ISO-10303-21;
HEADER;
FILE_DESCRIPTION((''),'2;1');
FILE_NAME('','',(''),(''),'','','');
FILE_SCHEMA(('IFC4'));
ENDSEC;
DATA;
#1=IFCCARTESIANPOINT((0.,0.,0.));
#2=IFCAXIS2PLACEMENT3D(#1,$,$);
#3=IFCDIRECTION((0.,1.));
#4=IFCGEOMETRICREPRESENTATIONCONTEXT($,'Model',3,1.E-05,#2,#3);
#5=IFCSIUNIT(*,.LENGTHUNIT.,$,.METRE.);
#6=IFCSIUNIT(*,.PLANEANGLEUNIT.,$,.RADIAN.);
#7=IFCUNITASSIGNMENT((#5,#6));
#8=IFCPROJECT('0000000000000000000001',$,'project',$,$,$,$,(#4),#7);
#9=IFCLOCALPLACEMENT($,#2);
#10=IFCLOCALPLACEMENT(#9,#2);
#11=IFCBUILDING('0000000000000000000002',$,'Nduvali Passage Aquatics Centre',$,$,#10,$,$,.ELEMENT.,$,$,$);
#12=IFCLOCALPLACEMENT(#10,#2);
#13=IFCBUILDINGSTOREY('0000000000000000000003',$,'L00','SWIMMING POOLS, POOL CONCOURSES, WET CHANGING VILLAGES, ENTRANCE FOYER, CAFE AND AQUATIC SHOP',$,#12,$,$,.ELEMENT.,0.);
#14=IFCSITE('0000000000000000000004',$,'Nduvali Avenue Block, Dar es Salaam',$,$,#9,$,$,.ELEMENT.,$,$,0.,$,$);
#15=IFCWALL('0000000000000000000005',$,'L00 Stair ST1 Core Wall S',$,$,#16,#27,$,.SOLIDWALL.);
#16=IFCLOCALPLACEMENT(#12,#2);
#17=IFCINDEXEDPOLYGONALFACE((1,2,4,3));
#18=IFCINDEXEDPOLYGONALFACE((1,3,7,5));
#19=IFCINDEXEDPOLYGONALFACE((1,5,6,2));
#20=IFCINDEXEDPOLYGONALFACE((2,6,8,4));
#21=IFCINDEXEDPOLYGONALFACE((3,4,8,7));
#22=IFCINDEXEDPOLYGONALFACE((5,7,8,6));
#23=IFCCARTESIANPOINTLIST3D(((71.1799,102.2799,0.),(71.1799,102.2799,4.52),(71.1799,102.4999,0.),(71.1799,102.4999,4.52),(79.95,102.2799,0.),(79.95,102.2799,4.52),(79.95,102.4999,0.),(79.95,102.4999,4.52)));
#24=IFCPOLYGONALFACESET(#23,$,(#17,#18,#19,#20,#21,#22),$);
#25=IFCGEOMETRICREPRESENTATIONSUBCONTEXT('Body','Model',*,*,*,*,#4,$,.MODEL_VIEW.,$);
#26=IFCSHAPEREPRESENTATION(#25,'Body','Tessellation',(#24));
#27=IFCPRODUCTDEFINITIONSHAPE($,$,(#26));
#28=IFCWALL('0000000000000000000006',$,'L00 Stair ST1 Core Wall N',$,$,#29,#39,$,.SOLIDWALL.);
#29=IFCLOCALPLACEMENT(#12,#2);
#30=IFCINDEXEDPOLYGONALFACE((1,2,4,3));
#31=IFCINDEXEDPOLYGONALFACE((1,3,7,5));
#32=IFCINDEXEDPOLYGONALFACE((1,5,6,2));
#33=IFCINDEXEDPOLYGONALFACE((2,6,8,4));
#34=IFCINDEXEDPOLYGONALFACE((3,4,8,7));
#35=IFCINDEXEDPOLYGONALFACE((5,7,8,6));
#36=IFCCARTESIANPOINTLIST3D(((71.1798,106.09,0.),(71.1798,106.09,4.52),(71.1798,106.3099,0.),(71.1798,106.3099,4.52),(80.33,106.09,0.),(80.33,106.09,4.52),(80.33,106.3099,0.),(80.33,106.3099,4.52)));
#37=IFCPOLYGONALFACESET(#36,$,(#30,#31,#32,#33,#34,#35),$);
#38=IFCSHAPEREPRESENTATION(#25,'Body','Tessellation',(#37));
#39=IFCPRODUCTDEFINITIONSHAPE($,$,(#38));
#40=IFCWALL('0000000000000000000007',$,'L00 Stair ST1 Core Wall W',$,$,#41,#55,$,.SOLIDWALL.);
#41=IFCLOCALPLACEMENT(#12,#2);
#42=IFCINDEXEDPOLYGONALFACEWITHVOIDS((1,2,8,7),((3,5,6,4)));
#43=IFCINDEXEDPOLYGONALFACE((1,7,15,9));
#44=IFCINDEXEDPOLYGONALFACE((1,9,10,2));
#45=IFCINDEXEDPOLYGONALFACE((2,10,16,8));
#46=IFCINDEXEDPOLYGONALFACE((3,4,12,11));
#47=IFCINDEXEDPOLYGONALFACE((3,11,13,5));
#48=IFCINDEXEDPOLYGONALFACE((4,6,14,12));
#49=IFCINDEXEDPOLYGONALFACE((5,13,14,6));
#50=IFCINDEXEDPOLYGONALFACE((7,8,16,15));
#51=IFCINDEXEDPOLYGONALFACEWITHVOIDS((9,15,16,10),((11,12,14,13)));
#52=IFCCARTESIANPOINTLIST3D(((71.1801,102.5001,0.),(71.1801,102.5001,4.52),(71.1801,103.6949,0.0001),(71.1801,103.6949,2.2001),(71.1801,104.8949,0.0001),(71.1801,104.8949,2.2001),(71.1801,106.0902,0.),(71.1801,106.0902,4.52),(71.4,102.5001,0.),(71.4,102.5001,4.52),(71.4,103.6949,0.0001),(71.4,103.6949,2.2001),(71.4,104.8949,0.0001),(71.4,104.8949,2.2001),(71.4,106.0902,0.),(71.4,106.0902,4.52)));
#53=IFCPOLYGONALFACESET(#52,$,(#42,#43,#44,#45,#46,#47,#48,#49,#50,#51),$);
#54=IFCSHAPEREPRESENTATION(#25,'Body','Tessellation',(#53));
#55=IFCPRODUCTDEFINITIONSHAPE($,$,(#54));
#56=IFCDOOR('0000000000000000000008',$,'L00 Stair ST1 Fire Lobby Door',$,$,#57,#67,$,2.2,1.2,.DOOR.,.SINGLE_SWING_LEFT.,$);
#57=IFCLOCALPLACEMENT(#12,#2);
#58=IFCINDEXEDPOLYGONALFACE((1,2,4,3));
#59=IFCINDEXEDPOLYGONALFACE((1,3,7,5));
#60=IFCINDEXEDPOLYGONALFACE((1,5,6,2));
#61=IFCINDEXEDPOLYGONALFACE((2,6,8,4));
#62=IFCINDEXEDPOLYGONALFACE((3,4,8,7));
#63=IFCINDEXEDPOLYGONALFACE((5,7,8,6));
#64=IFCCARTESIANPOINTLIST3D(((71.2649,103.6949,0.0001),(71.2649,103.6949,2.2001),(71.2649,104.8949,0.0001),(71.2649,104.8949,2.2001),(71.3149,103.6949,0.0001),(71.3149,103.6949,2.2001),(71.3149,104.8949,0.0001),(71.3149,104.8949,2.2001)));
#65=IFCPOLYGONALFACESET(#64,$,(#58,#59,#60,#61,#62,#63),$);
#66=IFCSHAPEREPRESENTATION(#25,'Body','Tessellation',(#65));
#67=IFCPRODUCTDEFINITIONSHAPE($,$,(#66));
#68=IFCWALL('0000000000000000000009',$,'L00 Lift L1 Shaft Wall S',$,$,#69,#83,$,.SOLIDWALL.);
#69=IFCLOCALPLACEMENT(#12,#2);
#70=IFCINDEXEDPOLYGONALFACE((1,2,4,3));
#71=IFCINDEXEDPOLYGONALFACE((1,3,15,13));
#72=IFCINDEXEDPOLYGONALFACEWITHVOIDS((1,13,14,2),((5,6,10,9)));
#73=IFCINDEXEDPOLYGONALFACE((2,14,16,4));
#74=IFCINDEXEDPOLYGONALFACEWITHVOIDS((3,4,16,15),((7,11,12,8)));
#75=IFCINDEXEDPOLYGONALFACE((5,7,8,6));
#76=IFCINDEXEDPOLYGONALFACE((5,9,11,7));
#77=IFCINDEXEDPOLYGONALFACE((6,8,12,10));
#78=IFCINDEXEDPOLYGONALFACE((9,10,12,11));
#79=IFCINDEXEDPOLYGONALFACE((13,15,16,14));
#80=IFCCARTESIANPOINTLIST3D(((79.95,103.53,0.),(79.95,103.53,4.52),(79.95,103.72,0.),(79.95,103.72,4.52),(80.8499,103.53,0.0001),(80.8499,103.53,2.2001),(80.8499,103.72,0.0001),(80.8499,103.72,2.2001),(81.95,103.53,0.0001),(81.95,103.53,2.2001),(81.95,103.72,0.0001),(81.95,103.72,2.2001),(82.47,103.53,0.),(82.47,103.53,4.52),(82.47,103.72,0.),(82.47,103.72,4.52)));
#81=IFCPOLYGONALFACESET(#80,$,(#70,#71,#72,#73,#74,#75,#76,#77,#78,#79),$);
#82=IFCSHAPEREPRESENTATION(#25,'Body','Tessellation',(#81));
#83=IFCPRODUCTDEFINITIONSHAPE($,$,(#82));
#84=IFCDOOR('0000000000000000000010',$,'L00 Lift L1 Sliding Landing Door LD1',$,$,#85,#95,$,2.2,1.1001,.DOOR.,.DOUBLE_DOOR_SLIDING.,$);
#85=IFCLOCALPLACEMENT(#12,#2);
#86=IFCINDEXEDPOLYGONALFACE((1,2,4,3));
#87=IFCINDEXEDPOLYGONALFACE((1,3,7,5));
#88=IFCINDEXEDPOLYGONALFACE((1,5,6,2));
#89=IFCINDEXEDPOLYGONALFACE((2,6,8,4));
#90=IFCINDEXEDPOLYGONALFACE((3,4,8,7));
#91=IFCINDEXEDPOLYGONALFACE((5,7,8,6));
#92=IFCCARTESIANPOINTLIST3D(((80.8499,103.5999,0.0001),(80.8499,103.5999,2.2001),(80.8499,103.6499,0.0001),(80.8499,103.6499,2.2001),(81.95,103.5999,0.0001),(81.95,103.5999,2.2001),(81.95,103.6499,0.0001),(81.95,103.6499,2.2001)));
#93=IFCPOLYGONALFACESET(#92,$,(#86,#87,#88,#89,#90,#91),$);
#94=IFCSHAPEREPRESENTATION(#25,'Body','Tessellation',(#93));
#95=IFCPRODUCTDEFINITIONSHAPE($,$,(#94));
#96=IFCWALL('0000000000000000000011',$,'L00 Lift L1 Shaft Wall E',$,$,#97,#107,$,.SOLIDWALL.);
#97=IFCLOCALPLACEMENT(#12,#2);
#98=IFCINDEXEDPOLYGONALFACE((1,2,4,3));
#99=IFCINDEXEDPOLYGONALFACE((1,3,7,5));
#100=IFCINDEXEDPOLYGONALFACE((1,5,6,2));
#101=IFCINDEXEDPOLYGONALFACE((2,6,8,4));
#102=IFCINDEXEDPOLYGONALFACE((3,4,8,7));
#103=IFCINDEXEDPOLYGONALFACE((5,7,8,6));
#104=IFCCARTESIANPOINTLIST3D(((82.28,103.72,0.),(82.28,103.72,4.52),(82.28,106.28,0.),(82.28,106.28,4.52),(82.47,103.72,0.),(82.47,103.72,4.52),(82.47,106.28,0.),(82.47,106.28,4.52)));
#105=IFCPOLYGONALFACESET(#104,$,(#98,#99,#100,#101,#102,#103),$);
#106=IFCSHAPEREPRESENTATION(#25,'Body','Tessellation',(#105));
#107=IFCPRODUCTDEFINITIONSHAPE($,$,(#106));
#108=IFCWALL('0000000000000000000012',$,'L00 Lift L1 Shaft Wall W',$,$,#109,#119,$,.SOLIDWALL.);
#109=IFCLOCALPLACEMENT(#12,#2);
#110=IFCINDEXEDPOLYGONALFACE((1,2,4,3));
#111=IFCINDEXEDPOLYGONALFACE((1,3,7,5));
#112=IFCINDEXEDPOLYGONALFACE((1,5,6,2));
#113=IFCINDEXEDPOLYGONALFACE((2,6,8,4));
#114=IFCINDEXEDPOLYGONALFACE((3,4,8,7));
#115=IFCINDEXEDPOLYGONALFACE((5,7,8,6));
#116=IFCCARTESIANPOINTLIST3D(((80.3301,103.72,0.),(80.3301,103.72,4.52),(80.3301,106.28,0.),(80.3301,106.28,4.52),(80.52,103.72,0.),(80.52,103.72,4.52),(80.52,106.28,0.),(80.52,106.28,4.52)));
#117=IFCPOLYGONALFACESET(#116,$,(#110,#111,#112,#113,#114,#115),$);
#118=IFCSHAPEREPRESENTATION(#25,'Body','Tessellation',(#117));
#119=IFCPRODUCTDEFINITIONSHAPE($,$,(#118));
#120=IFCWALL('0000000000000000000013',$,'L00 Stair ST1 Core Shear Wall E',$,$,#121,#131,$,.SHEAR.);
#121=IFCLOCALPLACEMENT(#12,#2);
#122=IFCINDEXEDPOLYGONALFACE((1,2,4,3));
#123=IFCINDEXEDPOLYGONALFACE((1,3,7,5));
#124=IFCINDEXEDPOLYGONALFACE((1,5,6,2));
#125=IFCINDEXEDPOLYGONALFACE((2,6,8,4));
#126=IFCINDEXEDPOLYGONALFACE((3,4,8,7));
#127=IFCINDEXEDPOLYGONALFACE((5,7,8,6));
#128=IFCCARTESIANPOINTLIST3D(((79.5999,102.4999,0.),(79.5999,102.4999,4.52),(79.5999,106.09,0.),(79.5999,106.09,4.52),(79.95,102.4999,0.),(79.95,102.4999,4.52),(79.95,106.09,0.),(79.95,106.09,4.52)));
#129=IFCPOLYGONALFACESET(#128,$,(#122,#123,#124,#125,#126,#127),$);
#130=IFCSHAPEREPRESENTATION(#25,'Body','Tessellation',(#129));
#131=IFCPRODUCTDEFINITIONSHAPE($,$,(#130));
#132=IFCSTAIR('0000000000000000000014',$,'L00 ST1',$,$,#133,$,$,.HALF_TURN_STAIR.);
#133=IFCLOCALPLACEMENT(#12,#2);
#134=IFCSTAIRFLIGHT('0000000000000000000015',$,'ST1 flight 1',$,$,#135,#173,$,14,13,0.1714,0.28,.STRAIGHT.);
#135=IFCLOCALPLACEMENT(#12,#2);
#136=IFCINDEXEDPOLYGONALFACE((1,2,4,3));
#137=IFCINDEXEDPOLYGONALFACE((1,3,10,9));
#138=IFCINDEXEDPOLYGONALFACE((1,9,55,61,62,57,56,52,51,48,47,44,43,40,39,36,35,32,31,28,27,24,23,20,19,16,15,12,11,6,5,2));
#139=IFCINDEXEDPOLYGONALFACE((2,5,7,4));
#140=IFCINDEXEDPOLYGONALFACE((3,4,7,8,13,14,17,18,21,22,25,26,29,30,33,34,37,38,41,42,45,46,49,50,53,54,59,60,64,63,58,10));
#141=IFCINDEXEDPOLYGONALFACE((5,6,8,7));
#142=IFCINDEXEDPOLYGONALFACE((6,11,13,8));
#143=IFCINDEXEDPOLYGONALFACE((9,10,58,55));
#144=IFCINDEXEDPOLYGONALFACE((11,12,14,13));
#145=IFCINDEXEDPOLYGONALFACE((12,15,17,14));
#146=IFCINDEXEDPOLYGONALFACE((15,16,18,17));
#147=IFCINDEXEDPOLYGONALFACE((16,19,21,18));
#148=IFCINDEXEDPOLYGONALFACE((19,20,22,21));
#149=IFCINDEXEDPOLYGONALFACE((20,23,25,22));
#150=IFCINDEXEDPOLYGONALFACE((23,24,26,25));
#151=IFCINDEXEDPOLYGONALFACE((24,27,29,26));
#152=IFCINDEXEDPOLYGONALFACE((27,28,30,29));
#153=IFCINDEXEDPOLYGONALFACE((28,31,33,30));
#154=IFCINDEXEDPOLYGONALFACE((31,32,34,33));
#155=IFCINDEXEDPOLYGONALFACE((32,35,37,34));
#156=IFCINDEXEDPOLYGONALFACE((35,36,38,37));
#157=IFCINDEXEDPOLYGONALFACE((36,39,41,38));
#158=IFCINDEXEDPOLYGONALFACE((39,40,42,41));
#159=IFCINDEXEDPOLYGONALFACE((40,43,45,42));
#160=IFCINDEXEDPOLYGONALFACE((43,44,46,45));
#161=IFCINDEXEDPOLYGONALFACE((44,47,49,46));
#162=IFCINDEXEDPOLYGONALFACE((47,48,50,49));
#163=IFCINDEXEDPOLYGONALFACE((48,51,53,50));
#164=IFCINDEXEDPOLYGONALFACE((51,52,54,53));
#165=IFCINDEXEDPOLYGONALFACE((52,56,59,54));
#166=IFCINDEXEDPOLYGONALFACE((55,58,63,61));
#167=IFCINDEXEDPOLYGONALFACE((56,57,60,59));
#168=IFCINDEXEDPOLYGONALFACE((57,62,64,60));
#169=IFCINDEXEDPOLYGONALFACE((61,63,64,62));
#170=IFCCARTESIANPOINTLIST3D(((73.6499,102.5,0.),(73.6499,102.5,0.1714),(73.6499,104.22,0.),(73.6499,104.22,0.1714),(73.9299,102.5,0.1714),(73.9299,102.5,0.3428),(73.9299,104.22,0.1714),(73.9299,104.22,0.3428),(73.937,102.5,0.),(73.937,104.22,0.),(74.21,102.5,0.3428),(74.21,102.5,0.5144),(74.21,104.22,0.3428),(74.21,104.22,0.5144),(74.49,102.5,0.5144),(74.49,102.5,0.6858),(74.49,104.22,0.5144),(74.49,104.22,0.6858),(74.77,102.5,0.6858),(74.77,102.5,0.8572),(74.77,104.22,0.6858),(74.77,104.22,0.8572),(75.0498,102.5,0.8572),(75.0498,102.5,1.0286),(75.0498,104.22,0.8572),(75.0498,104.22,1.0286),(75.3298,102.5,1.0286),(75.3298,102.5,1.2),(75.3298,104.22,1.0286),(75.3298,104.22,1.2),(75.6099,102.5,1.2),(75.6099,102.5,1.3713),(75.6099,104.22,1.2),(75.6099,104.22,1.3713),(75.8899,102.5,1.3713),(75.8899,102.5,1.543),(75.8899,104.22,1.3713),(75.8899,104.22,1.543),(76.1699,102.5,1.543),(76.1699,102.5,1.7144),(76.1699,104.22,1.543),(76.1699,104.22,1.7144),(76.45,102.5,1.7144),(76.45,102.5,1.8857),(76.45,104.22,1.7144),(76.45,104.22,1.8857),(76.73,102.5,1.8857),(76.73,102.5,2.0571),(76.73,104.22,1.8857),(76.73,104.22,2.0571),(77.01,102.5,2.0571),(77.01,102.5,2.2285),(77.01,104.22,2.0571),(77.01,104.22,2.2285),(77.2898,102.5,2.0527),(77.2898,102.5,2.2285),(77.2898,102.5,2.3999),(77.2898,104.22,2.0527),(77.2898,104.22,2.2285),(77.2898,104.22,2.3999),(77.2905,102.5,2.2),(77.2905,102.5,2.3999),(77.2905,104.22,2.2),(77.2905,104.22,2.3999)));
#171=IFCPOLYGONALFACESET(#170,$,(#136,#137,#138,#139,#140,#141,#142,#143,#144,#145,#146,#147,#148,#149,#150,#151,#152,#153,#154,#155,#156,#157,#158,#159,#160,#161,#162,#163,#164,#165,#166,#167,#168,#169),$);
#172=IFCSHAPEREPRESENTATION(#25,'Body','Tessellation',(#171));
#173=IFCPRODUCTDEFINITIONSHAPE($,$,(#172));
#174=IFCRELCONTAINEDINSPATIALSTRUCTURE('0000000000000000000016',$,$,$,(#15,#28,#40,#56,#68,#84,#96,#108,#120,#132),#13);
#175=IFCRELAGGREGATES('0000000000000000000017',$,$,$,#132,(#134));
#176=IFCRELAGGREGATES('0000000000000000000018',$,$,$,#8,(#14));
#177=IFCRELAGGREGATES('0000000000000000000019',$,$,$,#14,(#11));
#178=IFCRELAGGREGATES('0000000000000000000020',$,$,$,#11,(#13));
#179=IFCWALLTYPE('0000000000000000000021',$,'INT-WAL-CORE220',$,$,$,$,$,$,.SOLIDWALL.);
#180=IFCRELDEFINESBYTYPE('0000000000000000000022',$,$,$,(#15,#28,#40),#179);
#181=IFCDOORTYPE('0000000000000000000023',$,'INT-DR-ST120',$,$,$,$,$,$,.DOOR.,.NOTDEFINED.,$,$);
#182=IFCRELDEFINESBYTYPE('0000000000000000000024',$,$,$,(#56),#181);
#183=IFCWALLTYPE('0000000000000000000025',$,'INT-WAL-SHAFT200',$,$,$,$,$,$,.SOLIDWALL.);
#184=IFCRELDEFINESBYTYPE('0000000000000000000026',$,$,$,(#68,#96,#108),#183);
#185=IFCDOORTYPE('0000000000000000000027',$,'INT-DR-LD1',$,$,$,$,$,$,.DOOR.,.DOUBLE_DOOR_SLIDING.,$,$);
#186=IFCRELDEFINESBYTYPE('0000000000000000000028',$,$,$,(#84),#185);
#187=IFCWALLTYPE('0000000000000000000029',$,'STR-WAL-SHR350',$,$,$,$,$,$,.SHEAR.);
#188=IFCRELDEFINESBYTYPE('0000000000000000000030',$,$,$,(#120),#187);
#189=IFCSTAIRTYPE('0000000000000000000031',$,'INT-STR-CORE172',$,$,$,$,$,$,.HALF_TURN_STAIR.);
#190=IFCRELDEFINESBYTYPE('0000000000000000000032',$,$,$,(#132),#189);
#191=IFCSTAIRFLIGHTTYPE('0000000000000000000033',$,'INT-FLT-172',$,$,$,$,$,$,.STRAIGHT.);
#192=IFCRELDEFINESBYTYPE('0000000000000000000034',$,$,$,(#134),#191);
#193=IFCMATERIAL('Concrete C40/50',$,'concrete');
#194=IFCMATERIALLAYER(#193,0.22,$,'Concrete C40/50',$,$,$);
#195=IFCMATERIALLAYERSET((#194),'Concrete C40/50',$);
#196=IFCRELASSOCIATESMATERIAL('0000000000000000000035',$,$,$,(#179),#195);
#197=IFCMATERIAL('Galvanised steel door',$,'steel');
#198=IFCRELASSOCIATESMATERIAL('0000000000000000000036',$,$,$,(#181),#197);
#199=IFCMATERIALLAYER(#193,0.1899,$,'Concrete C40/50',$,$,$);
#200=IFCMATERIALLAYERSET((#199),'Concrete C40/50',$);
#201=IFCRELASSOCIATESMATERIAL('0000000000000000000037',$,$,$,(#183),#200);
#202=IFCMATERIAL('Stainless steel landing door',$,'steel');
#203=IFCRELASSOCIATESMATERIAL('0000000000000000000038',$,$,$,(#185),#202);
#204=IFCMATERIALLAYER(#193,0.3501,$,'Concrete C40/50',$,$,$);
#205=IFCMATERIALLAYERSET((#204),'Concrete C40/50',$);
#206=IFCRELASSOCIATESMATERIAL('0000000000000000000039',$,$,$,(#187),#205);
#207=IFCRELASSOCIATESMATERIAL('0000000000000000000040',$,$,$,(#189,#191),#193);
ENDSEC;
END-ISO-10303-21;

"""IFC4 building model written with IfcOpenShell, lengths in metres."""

from ifc_helpers import new_model, si_unit, direction, frame, frame_2d, origin, place, context, subcontext, project, spatial, polyline, rectangle, outline, extrude, material, layer, layer_set, type_object, element, fill, aggregate, save


model = new_model("IFC4")

# Units and contexts
model_context = context("Model", 3, precision=1e-05, world=origin(), true_north=direction((0.0, 1.0)))
body_context = subcontext(model_context, "Body", "Model", "MODEL_VIEW")
ifc_project = project(units=[si_unit("LENGTHUNIT", "METRE"), si_unit("PLANEANGLEUNIT", "RADIAN")], contexts=[model_context])

# Site, building, storey
site_placement = place(None, origin())
site = spatial("IfcSite", under=ifc_project, at=site_placement, Name="Nduvali Avenue Block, Dar es Salaam", CompositionType="ELEMENT", RefElevation=0.0)
building_placement = place(site_placement, origin())
building = spatial("IfcBuilding", under=site, at=building_placement, Name="Nduvali Passage Aquatics Centre", CompositionType="ELEMENT")
storey_placement = place(building_placement, origin())
storey = spatial("IfcBuildingStorey", under=building, at=storey_placement, Name="L00", Description="SWIMMING POOLS, POOL CONCOURSES, WET CHANGING VILLAGES, ENTRANCE FOYER, CAFE AND AQUATIC SHOP", CompositionType="ELEMENT", Elevation=0.0)

# Shared definitions
ifc_material_1 = material(Name="Concrete C40/50", Category="concrete")

# Walls
ifc_layer_1 = layer(ifc_material_1, 0.22, Name="Concrete C40/50")
ifc_layer_set_1 = layer_set([ifc_layer_1], Name="Concrete C40/50")
wall_type_1 = type_object("IfcWallType", Name="INT-WAL-CORE220", PredefinedType="SOLIDWALL", material=ifc_layer_set_1)
wall_1_placement = place(storey_placement, frame((71.1799, 102.3899, 0.0), z_axis=(0.0, 0.0, 1.0), x_axis=(1.0, 0.0, 0.0)))
element("IfcWall", 1, at=wall_1_placement, inside=storey, type_object=wall_type_1, Name="L00 Stair ST1 Core Wall S", PredefinedType="SOLIDWALL", context=body_context, shape_type="SweptSolid", body=[
    extrude(rectangle(XDim=8.77, YDim=0.22, at=frame_2d((4.385, 0.0))), origin(), (0.0, 0.0, 1.0), 4.52),
])
wall_2_placement = place(storey_placement, frame((80.3301, 106.2, 0.0), z_axis=(0.0, 0.0, 1.0), x_axis=(-1.0, 0.0, 0.0)))
element("IfcWall", 2, at=wall_2_placement, inside=storey, type_object=wall_type_1, Name="L00 Stair ST1 Core Wall N", PredefinedType="SOLIDWALL", context=body_context, shape_type="SweptSolid", body=[
    extrude(rectangle(XDim=9.1501, YDim=0.22, at=frame_2d((4.5752, 0.0))), origin(), (0.0, 0.0, 1.0), 4.52),
])

# Walls, openings, doors
wall_3_placement = place(storey_placement, frame((71.29, 106.0901, 0.0), z_axis=(0.0, 0.0, 1.0), x_axis=(0.0, -1.0, 0.0)))
wall_3 = element("IfcWall", 3, at=wall_3_placement, inside=storey, type_object=wall_type_1, Name="L00 Stair ST1 Core Wall W", PredefinedType="SOLIDWALL", context=body_context, shape_type="SweptSolid", body=[
    extrude(rectangle(XDim=3.5901, YDim=0.22, at=frame_2d((1.7949, 0.0))), origin(), (0.0, 0.0, 1.0), 4.52),
])
opening_1_placement = place(wall_3_placement, frame((1.1951, 0.0, 0.0)))
opening_1 = element("IfcOpeningElement", 4, at=opening_1_placement, cuts=wall_3, PredefinedType="OPENING", context=body_context, shape_type="SweptSolid", body=[
    extrude(rectangle(XDim=1.2, YDim=2.2, at=frame_2d((0.6001, 1.1001))), frame((0.0, 0.125, 0.0), z_axis=(0.0, -1.0, 0.0), x_axis=(1.0, 0.0, 0.0)), (0.0, 0.0, 1.0), 0.2498),
])
ifc_material_2 = material(Name="Galvanised steel door", Category="steel")
door_type_1 = type_object("IfcDoorType", Name="INT-DR-ST120", OperationType="NOTDEFINED", PredefinedType="DOOR", material=ifc_material_2)
door_1_placement = place(opening_1_placement, origin())
door_1 = element("IfcDoor", 5, at=door_1_placement, inside=storey, type_object=door_type_1, Name="L00 Stair ST1 Fire Lobby Door", OperationType="SINGLE_SWING_LEFT", OverallHeight=2.2, OverallWidth=1.2, PredefinedType="DOOR", context=body_context, shape_type="SweptSolid", body=[
    extrude(rectangle(XDim=1.2, YDim=2.2, at=frame_2d((0.6001, 1.1001))), frame((0.0, 0.0249, 0.0), z_axis=(0.0, -1.0, 0.0), x_axis=(1.0, 0.0, 0.0)), (0.0, 0.0, 1.0), 0.05),
])
fill(opening_1, door_1)
ifc_layer_2 = layer(ifc_material_1, 0.1899, Name="Concrete C40/50")
ifc_layer_set_2 = layer_set([ifc_layer_2], Name="Concrete C40/50")
wall_type_2 = type_object("IfcWallType", Name="INT-WAL-SHAFT200", PredefinedType="SOLIDWALL", material=ifc_layer_set_2)
wall_4_placement = place(storey_placement, frame((79.95, 103.625, 0.0), z_axis=(0.0, 0.0, 1.0), x_axis=(1.0, 0.0, 0.0)))
wall_4 = element("IfcWall", 6, at=wall_4_placement, inside=storey, type_object=wall_type_2, Name="L00 Lift L1 Shaft Wall S", PredefinedType="SOLIDWALL", context=body_context, shape_type="SweptSolid", body=[
    extrude(rectangle(XDim=2.52, YDim=0.1899, at=frame_2d((1.26, 0.0))), origin(), (0.0, 0.0, 1.0), 4.52),
])
opening_2_placement = place(wall_4_placement, frame((0.8999, 0.0, 0.0)))
opening_2 = element("IfcOpeningElement", 7, at=opening_2_placement, cuts=wall_4, PredefinedType="OPENING", context=body_context, shape_type="SweptSolid", body=[
    extrude(rectangle(XDim=1.1001, YDim=2.2, at=frame_2d((0.55, 1.1001))), frame((0.0, 0.1099, 0.0), z_axis=(0.0, -1.0, 0.0), x_axis=(1.0, 0.0, 0.0)), (0.0, 0.0, 1.0), 0.2197),
])
ifc_material_3 = material(Name="Stainless steel landing door", Category="steel")
door_type_2 = type_object("IfcDoorType", Name="INT-DR-LD1", OperationType="DOUBLE_DOOR_SLIDING", PredefinedType="DOOR", material=ifc_material_3)
door_2_placement = place(opening_2_placement, origin())
door_2 = element("IfcDoor", 8, at=door_2_placement, inside=storey, type_object=door_type_2, Name="L00 Lift L1 Sliding Landing Door LD1", OperationType="DOUBLE_DOOR_SLIDING", OverallHeight=2.2, OverallWidth=1.1001, PredefinedType="DOOR", context=body_context, shape_type="SweptSolid", body=[
    extrude(rectangle(XDim=1.1001, YDim=2.2, at=frame_2d((0.55, 1.1001))), frame((0.0, 0.0249, 0.0), z_axis=(0.0, -1.0, 0.0), x_axis=(1.0, 0.0, 0.0)), (0.0, 0.0, 1.0), 0.05),
])
fill(opening_2, door_2)

# Walls
for number, where, z_axis, x_axis, name in (
    (9, (82.375, 103.72, 0.0), (0.0, 0.0, 1.0), (0.0, 1.0, 0.0), "L00 Lift L1 Shaft Wall E"),
    (10, (80.425, 106.28, 0.0), (0.0, 0.0, 1.0), (0.0, -1.0, 0.0), "L00 Lift L1 Shaft Wall W"),
):
    element("IfcWall", number, at=place(storey_placement, frame(where, z_axis=z_axis, x_axis=x_axis)), inside=storey, type_object=wall_type_2, Name=name, PredefinedType="SOLIDWALL", context=body_context, shape_type="SweptSolid", body=[
        extrude(rectangle(XDim=2.5601, YDim=0.1899, at=frame_2d((1.28, 0.0))), origin(), (0.0, 0.0, 1.0), 4.52),
    ])
ifc_layer_3 = layer(ifc_material_1, 0.3501, Name="Concrete C40/50")
ifc_layer_set_3 = layer_set([ifc_layer_3], Name="Concrete C40/50")
wall_type_3 = type_object("IfcWallType", Name="STR-WAL-SHR350", PredefinedType="SHEAR", material=ifc_layer_set_3)
wall_5_placement = place(storey_placement, frame((79.7749, 102.5, 0.0), z_axis=(0.0, 0.0, 1.0), x_axis=(0.0, 1.0, 0.0)))
element("IfcWall", 11, at=wall_5_placement, inside=storey, type_object=wall_type_3, Name="L00 Stair ST1 Core Shear Wall E", PredefinedType="SHEAR", context=body_context, shape_type="SweptSolid", body=[
    extrude(rectangle(XDim=3.5901, YDim=0.3501, at=frame_2d((1.7949, 0.0))), origin(), (0.0, 0.0, 1.0), 4.52),
])

# Stair, stair flight
stair_type = type_object("IfcStairType", Name="INT-STR-CORE172", PredefinedType="HALF_TURN_STAIR", material=ifc_material_1)
stair_placement = place(storey_placement, origin())
stair = element("IfcStair", 12, at=stair_placement, inside=storey, type_object=stair_type, Name="L00 ST1", PredefinedType="HALF_TURN_STAIR")
stair_flight_type = type_object("IfcStairFlightType", Name="INT-FLT-172", PredefinedType="STRAIGHT", material=ifc_material_1)
stair_flight_1_placement = place(storey_placement, frame((73.6499, 103.3601, 0.0), z_axis=(0.0, 0.0, 1.0), x_axis=(1.0, 0.0, 0.0)))
stair_flight_1 = element("IfcStairFlight", 13, at=stair_flight_1_placement, type_object=stair_flight_type, Name="ST1 flight 1", NumberOfRisers=14, NumberOfTreads=13, PredefinedType="STRAIGHT", RiserHeight=0.1714, TreadLength=0.28, context=body_context, shape_type="SweptSolid", body=[
    extrude(outline(polyline([(0.0, 0.0), (0.0, 0.1714), (0.28, 0.1714), (0.28, 0.3428), (0.5601, 0.3428), (0.5601, 0.5144), (0.8401, 0.5144), (0.8401, 0.6858), (1.1201, 0.6858), (1.1201, 0.8572), (1.3999, 0.8572), (1.3999, 1.0286), (1.6799, 1.0286), (1.6799, 1.2), (1.96, 1.2), (1.96, 1.3713), (2.24, 1.3713), (2.24, 1.543), (2.52, 1.543), (2.52, 1.7144), (2.8, 1.7144), (2.8, 1.8857), (3.0801, 1.8857), (3.0801, 2.0571), (3.3601, 2.0571), (3.3601, 2.2285), (3.6399, 2.2285), (3.6399, 2.3999), (3.6406, 2.3999), (3.6406, 2.2), (3.6399, 2.0527), (0.2871, 0.0), (0.0, 0.0)])), frame((0.0, 0.8599, 0.0), z_axis=(0.0, -1.0, 0.0), x_axis=(1.0, 0.0, 0.0)), (0.0, 0.0, 1.0), 1.72),
])
aggregate(stair, [stair_flight_1])

save(model, "model.ifc")
